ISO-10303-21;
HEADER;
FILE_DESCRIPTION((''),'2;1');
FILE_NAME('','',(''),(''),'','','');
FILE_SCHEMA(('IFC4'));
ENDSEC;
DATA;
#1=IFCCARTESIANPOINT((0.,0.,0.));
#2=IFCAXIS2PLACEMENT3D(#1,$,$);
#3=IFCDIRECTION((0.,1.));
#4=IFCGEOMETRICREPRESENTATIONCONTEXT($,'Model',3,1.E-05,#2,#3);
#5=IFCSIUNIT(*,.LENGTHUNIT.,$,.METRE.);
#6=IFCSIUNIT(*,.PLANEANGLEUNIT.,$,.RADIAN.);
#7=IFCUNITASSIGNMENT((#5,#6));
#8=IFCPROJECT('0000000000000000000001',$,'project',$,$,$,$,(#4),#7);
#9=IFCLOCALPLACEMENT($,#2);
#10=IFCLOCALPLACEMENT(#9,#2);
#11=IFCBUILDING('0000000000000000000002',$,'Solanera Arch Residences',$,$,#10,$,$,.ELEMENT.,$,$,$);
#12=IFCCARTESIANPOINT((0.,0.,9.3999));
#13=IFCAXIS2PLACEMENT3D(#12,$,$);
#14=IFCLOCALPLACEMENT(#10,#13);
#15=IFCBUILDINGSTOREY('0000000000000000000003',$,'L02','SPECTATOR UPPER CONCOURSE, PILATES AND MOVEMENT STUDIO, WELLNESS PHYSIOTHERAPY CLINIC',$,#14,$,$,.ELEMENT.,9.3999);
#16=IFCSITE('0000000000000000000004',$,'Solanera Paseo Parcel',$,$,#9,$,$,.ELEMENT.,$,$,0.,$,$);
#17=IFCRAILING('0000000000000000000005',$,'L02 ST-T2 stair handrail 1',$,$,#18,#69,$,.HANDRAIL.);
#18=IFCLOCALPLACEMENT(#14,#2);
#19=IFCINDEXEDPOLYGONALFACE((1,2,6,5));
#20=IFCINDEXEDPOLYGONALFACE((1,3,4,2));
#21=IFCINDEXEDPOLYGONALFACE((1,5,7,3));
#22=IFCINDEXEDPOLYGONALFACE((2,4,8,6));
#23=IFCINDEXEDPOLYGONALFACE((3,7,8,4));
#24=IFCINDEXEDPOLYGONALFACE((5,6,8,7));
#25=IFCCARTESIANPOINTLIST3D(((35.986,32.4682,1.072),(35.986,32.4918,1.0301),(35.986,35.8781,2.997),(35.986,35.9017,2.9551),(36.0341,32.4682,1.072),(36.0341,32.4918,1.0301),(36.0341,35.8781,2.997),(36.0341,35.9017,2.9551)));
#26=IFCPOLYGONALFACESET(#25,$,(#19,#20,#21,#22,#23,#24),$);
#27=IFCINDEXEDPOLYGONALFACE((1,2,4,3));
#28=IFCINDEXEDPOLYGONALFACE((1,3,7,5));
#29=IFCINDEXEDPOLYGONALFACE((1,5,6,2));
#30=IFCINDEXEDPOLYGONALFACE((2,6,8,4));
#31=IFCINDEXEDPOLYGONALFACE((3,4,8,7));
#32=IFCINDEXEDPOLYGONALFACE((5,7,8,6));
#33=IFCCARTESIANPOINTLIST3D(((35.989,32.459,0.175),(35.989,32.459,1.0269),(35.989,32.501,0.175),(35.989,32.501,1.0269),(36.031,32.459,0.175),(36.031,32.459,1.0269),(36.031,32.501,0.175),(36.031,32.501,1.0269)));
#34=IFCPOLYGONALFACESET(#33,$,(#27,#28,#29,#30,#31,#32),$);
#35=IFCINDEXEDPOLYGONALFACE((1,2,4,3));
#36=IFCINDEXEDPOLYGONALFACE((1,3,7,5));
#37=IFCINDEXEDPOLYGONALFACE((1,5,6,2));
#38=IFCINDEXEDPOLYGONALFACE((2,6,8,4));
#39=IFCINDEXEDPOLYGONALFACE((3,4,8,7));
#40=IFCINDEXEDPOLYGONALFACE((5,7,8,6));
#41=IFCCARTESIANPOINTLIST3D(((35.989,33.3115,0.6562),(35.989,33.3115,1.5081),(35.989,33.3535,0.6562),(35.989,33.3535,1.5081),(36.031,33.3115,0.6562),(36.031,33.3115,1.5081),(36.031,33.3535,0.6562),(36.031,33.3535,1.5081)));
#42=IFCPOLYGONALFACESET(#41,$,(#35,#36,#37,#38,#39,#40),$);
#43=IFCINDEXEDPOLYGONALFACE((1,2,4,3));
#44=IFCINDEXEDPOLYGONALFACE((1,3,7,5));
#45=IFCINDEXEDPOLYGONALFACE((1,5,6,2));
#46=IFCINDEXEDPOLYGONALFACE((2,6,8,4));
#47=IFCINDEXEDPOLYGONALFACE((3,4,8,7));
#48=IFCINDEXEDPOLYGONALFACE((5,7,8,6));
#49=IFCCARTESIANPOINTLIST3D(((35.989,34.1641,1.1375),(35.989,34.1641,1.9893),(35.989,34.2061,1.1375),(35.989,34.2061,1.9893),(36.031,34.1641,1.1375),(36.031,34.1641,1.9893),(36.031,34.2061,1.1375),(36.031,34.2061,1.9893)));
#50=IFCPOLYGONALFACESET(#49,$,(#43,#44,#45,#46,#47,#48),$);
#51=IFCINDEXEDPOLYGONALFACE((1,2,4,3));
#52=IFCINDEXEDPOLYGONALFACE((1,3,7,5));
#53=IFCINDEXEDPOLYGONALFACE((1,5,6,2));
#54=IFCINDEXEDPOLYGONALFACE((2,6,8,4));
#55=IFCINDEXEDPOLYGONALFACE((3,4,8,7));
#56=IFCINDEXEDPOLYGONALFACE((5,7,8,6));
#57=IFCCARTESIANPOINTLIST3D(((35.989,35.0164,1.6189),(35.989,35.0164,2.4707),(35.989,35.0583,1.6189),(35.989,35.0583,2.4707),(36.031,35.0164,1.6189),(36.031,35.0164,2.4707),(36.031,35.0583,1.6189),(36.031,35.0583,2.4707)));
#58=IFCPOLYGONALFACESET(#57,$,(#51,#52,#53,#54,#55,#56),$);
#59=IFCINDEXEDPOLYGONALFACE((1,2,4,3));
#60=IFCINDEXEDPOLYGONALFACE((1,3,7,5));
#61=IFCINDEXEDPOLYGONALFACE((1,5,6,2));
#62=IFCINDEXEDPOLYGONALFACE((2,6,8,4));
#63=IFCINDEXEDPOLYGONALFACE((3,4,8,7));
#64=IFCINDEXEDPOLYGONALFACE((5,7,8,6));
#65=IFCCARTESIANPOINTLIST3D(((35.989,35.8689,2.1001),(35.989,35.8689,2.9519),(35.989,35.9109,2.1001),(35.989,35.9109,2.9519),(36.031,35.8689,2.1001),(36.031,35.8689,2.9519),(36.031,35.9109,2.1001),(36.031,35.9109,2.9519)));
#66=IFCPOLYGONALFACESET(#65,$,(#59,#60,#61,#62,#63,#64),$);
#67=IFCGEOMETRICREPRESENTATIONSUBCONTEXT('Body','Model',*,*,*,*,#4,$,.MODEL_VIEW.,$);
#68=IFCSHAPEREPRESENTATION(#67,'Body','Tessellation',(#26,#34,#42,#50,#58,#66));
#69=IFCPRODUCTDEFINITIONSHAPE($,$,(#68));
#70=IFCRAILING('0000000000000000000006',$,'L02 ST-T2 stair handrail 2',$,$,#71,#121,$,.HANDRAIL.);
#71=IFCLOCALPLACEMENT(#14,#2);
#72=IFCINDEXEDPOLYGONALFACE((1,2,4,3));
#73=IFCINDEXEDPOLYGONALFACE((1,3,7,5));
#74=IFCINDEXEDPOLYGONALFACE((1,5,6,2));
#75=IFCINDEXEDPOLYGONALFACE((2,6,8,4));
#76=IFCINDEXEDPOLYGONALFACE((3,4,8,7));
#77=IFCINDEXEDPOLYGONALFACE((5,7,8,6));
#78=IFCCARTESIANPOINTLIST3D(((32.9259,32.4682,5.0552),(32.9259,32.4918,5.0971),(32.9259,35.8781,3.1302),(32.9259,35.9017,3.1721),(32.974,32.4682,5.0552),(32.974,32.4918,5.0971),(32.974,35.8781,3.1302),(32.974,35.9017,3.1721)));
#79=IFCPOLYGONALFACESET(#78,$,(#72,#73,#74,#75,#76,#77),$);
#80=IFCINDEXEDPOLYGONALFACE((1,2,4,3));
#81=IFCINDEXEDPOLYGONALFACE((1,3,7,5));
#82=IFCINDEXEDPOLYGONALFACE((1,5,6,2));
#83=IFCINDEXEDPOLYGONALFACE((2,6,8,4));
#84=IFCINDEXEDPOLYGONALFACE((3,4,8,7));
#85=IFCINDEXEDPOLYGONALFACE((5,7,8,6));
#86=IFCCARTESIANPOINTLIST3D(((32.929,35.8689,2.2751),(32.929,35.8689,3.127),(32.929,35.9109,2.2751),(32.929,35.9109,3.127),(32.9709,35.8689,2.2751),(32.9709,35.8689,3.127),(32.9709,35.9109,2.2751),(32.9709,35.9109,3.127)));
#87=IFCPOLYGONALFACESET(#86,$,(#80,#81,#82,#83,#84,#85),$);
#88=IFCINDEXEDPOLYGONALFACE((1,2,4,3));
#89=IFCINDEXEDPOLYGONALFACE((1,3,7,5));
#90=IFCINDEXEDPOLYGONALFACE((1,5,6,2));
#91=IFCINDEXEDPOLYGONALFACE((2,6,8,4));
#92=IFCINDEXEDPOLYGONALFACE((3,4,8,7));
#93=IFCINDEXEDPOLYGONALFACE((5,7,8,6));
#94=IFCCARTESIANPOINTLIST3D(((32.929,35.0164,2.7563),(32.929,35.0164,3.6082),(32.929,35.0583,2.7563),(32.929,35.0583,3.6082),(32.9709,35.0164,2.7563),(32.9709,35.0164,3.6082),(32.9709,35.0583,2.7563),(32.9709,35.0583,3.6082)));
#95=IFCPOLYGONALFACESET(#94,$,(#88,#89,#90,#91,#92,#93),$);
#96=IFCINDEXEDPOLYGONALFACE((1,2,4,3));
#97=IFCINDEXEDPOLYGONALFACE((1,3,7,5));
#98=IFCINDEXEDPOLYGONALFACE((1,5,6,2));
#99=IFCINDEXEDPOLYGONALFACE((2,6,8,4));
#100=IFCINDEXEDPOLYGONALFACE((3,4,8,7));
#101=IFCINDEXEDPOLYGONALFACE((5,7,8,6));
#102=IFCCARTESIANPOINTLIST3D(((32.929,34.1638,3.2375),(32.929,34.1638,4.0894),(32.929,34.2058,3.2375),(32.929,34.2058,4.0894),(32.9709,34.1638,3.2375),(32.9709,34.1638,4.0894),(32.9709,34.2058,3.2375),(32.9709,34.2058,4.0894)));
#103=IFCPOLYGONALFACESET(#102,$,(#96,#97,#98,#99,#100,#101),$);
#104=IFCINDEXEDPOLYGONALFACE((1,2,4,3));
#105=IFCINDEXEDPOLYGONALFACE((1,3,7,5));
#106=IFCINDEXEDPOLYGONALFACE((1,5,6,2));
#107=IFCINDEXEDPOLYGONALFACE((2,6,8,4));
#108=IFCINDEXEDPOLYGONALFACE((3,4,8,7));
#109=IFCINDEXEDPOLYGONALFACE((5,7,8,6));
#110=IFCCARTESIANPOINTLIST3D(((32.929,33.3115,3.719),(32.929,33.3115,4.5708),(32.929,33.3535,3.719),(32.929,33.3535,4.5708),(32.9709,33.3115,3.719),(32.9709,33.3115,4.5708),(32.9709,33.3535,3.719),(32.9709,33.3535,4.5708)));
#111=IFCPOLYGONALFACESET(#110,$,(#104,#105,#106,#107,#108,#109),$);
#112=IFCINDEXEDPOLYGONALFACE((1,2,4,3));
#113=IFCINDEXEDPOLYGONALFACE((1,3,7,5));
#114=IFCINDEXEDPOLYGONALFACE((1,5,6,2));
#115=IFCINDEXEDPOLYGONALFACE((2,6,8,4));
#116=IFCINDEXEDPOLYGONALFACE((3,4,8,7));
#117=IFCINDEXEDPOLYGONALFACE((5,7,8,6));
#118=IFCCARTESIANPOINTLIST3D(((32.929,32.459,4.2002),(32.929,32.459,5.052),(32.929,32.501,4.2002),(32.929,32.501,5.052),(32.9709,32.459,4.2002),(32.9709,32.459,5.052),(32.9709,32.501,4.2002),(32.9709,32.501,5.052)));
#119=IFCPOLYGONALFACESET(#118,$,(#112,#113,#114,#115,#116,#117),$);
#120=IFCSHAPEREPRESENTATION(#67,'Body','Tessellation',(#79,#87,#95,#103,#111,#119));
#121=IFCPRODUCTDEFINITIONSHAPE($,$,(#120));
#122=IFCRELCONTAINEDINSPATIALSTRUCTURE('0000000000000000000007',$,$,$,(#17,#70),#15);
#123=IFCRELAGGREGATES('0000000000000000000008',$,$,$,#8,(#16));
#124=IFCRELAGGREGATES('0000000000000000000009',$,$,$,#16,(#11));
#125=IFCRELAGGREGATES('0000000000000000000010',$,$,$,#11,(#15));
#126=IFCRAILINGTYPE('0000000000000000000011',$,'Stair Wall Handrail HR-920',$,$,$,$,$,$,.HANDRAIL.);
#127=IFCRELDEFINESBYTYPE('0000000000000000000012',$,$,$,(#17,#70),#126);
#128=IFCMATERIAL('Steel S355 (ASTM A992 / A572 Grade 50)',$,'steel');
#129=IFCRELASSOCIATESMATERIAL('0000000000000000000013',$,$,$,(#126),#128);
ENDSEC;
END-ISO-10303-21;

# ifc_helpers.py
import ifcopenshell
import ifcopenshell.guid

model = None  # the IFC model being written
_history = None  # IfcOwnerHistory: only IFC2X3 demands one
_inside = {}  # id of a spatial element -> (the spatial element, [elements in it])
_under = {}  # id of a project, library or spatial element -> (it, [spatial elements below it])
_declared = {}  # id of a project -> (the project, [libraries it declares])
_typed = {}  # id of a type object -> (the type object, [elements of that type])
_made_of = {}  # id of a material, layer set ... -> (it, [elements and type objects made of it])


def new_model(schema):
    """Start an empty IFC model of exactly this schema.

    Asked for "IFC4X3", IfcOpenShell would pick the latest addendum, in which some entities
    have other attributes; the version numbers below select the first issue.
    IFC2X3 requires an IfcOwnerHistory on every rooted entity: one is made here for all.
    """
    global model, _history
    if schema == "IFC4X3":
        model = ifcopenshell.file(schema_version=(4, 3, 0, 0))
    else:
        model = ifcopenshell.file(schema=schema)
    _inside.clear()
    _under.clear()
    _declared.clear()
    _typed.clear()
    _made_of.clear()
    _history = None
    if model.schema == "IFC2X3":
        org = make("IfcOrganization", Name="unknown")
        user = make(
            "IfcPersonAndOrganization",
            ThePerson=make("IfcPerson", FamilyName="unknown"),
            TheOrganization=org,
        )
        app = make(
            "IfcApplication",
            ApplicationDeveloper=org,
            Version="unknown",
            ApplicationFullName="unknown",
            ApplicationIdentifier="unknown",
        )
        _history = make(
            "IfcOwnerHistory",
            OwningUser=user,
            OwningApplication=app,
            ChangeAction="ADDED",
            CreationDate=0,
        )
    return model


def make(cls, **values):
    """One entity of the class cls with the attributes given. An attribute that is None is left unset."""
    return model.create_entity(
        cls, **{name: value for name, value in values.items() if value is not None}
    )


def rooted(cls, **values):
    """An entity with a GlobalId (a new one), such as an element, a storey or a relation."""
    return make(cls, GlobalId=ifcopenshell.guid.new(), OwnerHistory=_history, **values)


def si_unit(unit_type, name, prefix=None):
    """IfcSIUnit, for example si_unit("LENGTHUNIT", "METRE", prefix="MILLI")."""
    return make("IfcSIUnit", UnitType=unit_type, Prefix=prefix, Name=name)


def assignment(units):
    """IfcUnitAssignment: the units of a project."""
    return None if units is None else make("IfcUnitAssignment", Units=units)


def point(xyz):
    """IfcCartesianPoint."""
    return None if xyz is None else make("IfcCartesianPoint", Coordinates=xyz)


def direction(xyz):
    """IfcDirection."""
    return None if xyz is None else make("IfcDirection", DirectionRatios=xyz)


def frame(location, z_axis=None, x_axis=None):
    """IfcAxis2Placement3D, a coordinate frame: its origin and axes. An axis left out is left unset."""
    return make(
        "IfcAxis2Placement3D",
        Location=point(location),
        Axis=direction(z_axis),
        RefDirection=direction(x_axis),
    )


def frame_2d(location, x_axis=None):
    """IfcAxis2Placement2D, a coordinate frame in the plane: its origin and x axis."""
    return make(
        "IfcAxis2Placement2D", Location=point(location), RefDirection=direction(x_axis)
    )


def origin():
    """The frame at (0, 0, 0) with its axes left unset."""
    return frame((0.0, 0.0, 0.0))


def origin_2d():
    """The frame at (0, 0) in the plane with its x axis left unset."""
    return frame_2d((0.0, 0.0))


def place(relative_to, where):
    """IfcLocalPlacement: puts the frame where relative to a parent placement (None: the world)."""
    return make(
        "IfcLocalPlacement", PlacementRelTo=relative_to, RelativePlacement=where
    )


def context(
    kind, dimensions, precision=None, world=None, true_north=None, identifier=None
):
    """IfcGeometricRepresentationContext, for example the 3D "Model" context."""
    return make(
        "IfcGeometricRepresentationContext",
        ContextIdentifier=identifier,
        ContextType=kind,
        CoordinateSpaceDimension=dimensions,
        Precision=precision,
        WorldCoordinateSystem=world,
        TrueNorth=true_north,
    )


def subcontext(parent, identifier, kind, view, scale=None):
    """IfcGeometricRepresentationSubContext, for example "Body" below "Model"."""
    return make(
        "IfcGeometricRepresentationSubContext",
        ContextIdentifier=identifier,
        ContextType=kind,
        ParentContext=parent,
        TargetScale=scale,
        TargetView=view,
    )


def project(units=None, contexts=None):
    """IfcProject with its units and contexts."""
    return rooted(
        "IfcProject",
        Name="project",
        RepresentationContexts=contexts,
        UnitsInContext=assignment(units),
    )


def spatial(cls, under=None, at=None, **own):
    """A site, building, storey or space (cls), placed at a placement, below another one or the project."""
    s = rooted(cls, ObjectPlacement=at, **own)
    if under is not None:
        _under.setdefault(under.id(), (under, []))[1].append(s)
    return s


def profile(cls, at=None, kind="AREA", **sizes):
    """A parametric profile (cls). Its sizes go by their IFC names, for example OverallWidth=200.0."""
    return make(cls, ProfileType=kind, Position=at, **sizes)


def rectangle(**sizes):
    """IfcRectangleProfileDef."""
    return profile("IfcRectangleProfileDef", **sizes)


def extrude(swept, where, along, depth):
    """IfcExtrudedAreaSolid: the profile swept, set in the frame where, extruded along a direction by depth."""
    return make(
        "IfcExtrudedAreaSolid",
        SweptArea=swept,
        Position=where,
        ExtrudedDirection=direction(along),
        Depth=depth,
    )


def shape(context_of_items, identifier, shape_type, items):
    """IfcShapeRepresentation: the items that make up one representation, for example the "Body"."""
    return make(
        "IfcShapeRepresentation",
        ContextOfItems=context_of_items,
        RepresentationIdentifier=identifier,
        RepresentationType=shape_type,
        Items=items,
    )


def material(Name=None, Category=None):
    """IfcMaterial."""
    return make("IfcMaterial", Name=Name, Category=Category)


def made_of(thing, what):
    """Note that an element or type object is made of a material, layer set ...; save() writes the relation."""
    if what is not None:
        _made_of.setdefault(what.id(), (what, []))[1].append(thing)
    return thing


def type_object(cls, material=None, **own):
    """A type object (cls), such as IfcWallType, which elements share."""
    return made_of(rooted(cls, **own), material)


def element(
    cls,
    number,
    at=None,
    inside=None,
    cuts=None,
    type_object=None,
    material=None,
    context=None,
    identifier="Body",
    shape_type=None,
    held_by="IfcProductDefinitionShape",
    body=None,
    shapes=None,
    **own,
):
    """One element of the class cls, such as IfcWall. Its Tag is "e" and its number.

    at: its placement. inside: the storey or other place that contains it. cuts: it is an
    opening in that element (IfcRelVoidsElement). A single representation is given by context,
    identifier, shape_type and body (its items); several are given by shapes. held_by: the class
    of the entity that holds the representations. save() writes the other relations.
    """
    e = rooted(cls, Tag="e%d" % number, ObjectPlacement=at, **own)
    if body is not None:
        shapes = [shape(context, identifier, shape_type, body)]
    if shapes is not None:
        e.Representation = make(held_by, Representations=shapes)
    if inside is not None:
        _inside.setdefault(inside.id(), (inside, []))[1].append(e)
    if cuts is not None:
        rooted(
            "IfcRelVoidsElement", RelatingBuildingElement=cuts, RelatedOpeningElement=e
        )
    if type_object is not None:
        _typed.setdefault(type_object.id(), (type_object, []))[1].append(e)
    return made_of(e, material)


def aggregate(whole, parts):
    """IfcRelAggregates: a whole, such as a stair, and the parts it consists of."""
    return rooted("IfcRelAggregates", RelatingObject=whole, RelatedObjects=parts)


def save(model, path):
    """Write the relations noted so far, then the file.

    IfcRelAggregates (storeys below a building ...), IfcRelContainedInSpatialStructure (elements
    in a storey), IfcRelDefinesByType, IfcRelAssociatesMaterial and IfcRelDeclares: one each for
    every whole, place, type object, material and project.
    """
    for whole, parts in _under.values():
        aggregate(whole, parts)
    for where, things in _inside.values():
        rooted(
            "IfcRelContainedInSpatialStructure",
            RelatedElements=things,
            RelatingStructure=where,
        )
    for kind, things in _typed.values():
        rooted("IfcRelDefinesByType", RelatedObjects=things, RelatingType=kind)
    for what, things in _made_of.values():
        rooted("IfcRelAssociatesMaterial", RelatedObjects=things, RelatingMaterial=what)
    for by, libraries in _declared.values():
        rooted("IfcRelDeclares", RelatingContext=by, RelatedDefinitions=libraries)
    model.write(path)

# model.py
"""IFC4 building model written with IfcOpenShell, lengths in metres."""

from ifc_helpers import new_model, si_unit, direction, frame, origin, origin_2d, place, context, subcontext, project, spatial, rectangle, extrude, material, type_object, element, save


model = new_model("IFC4")

# Units and contexts
model_context = context("Model", 3, precision=1e-05, world=origin(), true_north=direction((0.0, 1.0)))
body_context = subcontext(model_context, "Body", "Model", "MODEL_VIEW")
ifc_project = project(units=[si_unit("LENGTHUNIT", "METRE"), si_unit("PLANEANGLEUNIT", "RADIAN")], contexts=[model_context])

# Site, building, storey
site_placement = place(None, origin())
site = spatial("IfcSite", under=ifc_project, at=site_placement, Name="Solanera Paseo Parcel", CompositionType="ELEMENT", RefElevation=0.0)
building_placement = place(site_placement, origin())
building = spatial("IfcBuilding", under=site, at=building_placement, Name="Solanera Arch Residences", CompositionType="ELEMENT")
storey_placement = place(building_placement, frame((0.0, 0.0, 9.3999)))
storey = spatial("IfcBuildingStorey", under=building, at=storey_placement, Name="L02", Description="SPECTATOR UPPER CONCOURSE, PILATES AND MOVEMENT STUDIO, WELLNESS PHYSIOTHERAPY CLINIC", CompositionType="ELEMENT", Elevation=9.3999)

# Railings
ifc_material_1 = material(Name="Steel S355 (ASTM A992 / A572 Grade 50)", Category="steel")
railing_type_1 = type_object("IfcRailingType", Name="Stair Wall Handrail HR-920", PredefinedType="HANDRAIL", material=ifc_material_1)
railing_1_placement = place(storey_placement, frame((36.01, 32.48, 0.175)))
element("IfcRailing", 1, at=railing_1_placement, inside=storey, type_object=railing_type_1, Name="L02 ST-T2 stair handrail 1", PredefinedType="HANDRAIL", context=body_context, shape_type="SweptSolid", body=[
    extrude(rectangle(XDim=0.0481, YDim=0.0481, at=origin_2d()), frame((0.0, 0.0, 0.876), z_axis=(0.0, 0.870814, 0.491613), x_axis=(-1.0, 0.0, 0.0)), (0.0, 0.0, 1.0), 3.9158),
    extrude(rectangle(XDim=0.042, YDim=0.042, at=origin_2d()), origin(), (0.0, 0.0, 1.0), 0.8518),
    extrude(rectangle(XDim=0.042, YDim=0.042, at=origin_2d()), frame((0.0, 0.8525, 0.4812)), (0.0, 0.0, 1.0), 0.8518),
    extrude(rectangle(XDim=0.042, YDim=0.042, at=origin_2d()), frame((0.0, 1.7051, 0.9624)), (0.0, 0.0, 1.0), 0.8518),
    extrude(rectangle(XDim=0.042, YDim=0.042, at=origin_2d()), frame((0.0, 2.5574, 1.4438)), (0.0, 0.0, 1.0), 0.8518),
    extrude(rectangle(XDim=0.042, YDim=0.042, at=origin_2d()), frame((0.0, 3.4099, 1.925)), (0.0, 0.0, 1.0), 0.8518),
])
railing_2_placement = place(storey_placement, frame((32.95, 35.8899, 2.2751)))
element("IfcRailing", 2, at=railing_2_placement, inside=storey, type_object=railing_type_1, Name="L02 ST-T2 stair handrail 2", PredefinedType="HANDRAIL", context=body_context, shape_type="SweptSolid", body=[
    extrude(rectangle(XDim=0.0481, YDim=0.0481, at=origin_2d()), frame((0.0, 0.0, 0.876), z_axis=(0.0, -0.870814, 0.491613), x_axis=(1.0, 0.0, 0.0)), (0.0, 0.0, 1.0), 3.9158),
    extrude(rectangle(XDim=0.042, YDim=0.042, at=origin_2d()), origin(), (0.0, 0.0, 1.0), 0.8518),
    extrude(rectangle(XDim=0.042, YDim=0.042, at=origin_2d()), frame((0.0, -0.8525, 0.4812)), (0.0, 0.0, 1.0), 0.8518),
    extrude(rectangle(XDim=0.042, YDim=0.042, at=origin_2d()), frame((0.0, -1.7051, 0.9624)), (0.0, 0.0, 1.0), 0.8518),
    extrude(rectangle(XDim=0.042, YDim=0.042, at=origin_2d()), frame((0.0, -2.5574, 1.4438)), (0.0, 0.0, 1.0), 0.8518),
    extrude(rectangle(XDim=0.042, YDim=0.042, at=origin_2d()), frame((0.0, -3.4099, 1.925)), (0.0, 0.0, 1.0), 0.8518),
])

save(model, "model.ifc")
